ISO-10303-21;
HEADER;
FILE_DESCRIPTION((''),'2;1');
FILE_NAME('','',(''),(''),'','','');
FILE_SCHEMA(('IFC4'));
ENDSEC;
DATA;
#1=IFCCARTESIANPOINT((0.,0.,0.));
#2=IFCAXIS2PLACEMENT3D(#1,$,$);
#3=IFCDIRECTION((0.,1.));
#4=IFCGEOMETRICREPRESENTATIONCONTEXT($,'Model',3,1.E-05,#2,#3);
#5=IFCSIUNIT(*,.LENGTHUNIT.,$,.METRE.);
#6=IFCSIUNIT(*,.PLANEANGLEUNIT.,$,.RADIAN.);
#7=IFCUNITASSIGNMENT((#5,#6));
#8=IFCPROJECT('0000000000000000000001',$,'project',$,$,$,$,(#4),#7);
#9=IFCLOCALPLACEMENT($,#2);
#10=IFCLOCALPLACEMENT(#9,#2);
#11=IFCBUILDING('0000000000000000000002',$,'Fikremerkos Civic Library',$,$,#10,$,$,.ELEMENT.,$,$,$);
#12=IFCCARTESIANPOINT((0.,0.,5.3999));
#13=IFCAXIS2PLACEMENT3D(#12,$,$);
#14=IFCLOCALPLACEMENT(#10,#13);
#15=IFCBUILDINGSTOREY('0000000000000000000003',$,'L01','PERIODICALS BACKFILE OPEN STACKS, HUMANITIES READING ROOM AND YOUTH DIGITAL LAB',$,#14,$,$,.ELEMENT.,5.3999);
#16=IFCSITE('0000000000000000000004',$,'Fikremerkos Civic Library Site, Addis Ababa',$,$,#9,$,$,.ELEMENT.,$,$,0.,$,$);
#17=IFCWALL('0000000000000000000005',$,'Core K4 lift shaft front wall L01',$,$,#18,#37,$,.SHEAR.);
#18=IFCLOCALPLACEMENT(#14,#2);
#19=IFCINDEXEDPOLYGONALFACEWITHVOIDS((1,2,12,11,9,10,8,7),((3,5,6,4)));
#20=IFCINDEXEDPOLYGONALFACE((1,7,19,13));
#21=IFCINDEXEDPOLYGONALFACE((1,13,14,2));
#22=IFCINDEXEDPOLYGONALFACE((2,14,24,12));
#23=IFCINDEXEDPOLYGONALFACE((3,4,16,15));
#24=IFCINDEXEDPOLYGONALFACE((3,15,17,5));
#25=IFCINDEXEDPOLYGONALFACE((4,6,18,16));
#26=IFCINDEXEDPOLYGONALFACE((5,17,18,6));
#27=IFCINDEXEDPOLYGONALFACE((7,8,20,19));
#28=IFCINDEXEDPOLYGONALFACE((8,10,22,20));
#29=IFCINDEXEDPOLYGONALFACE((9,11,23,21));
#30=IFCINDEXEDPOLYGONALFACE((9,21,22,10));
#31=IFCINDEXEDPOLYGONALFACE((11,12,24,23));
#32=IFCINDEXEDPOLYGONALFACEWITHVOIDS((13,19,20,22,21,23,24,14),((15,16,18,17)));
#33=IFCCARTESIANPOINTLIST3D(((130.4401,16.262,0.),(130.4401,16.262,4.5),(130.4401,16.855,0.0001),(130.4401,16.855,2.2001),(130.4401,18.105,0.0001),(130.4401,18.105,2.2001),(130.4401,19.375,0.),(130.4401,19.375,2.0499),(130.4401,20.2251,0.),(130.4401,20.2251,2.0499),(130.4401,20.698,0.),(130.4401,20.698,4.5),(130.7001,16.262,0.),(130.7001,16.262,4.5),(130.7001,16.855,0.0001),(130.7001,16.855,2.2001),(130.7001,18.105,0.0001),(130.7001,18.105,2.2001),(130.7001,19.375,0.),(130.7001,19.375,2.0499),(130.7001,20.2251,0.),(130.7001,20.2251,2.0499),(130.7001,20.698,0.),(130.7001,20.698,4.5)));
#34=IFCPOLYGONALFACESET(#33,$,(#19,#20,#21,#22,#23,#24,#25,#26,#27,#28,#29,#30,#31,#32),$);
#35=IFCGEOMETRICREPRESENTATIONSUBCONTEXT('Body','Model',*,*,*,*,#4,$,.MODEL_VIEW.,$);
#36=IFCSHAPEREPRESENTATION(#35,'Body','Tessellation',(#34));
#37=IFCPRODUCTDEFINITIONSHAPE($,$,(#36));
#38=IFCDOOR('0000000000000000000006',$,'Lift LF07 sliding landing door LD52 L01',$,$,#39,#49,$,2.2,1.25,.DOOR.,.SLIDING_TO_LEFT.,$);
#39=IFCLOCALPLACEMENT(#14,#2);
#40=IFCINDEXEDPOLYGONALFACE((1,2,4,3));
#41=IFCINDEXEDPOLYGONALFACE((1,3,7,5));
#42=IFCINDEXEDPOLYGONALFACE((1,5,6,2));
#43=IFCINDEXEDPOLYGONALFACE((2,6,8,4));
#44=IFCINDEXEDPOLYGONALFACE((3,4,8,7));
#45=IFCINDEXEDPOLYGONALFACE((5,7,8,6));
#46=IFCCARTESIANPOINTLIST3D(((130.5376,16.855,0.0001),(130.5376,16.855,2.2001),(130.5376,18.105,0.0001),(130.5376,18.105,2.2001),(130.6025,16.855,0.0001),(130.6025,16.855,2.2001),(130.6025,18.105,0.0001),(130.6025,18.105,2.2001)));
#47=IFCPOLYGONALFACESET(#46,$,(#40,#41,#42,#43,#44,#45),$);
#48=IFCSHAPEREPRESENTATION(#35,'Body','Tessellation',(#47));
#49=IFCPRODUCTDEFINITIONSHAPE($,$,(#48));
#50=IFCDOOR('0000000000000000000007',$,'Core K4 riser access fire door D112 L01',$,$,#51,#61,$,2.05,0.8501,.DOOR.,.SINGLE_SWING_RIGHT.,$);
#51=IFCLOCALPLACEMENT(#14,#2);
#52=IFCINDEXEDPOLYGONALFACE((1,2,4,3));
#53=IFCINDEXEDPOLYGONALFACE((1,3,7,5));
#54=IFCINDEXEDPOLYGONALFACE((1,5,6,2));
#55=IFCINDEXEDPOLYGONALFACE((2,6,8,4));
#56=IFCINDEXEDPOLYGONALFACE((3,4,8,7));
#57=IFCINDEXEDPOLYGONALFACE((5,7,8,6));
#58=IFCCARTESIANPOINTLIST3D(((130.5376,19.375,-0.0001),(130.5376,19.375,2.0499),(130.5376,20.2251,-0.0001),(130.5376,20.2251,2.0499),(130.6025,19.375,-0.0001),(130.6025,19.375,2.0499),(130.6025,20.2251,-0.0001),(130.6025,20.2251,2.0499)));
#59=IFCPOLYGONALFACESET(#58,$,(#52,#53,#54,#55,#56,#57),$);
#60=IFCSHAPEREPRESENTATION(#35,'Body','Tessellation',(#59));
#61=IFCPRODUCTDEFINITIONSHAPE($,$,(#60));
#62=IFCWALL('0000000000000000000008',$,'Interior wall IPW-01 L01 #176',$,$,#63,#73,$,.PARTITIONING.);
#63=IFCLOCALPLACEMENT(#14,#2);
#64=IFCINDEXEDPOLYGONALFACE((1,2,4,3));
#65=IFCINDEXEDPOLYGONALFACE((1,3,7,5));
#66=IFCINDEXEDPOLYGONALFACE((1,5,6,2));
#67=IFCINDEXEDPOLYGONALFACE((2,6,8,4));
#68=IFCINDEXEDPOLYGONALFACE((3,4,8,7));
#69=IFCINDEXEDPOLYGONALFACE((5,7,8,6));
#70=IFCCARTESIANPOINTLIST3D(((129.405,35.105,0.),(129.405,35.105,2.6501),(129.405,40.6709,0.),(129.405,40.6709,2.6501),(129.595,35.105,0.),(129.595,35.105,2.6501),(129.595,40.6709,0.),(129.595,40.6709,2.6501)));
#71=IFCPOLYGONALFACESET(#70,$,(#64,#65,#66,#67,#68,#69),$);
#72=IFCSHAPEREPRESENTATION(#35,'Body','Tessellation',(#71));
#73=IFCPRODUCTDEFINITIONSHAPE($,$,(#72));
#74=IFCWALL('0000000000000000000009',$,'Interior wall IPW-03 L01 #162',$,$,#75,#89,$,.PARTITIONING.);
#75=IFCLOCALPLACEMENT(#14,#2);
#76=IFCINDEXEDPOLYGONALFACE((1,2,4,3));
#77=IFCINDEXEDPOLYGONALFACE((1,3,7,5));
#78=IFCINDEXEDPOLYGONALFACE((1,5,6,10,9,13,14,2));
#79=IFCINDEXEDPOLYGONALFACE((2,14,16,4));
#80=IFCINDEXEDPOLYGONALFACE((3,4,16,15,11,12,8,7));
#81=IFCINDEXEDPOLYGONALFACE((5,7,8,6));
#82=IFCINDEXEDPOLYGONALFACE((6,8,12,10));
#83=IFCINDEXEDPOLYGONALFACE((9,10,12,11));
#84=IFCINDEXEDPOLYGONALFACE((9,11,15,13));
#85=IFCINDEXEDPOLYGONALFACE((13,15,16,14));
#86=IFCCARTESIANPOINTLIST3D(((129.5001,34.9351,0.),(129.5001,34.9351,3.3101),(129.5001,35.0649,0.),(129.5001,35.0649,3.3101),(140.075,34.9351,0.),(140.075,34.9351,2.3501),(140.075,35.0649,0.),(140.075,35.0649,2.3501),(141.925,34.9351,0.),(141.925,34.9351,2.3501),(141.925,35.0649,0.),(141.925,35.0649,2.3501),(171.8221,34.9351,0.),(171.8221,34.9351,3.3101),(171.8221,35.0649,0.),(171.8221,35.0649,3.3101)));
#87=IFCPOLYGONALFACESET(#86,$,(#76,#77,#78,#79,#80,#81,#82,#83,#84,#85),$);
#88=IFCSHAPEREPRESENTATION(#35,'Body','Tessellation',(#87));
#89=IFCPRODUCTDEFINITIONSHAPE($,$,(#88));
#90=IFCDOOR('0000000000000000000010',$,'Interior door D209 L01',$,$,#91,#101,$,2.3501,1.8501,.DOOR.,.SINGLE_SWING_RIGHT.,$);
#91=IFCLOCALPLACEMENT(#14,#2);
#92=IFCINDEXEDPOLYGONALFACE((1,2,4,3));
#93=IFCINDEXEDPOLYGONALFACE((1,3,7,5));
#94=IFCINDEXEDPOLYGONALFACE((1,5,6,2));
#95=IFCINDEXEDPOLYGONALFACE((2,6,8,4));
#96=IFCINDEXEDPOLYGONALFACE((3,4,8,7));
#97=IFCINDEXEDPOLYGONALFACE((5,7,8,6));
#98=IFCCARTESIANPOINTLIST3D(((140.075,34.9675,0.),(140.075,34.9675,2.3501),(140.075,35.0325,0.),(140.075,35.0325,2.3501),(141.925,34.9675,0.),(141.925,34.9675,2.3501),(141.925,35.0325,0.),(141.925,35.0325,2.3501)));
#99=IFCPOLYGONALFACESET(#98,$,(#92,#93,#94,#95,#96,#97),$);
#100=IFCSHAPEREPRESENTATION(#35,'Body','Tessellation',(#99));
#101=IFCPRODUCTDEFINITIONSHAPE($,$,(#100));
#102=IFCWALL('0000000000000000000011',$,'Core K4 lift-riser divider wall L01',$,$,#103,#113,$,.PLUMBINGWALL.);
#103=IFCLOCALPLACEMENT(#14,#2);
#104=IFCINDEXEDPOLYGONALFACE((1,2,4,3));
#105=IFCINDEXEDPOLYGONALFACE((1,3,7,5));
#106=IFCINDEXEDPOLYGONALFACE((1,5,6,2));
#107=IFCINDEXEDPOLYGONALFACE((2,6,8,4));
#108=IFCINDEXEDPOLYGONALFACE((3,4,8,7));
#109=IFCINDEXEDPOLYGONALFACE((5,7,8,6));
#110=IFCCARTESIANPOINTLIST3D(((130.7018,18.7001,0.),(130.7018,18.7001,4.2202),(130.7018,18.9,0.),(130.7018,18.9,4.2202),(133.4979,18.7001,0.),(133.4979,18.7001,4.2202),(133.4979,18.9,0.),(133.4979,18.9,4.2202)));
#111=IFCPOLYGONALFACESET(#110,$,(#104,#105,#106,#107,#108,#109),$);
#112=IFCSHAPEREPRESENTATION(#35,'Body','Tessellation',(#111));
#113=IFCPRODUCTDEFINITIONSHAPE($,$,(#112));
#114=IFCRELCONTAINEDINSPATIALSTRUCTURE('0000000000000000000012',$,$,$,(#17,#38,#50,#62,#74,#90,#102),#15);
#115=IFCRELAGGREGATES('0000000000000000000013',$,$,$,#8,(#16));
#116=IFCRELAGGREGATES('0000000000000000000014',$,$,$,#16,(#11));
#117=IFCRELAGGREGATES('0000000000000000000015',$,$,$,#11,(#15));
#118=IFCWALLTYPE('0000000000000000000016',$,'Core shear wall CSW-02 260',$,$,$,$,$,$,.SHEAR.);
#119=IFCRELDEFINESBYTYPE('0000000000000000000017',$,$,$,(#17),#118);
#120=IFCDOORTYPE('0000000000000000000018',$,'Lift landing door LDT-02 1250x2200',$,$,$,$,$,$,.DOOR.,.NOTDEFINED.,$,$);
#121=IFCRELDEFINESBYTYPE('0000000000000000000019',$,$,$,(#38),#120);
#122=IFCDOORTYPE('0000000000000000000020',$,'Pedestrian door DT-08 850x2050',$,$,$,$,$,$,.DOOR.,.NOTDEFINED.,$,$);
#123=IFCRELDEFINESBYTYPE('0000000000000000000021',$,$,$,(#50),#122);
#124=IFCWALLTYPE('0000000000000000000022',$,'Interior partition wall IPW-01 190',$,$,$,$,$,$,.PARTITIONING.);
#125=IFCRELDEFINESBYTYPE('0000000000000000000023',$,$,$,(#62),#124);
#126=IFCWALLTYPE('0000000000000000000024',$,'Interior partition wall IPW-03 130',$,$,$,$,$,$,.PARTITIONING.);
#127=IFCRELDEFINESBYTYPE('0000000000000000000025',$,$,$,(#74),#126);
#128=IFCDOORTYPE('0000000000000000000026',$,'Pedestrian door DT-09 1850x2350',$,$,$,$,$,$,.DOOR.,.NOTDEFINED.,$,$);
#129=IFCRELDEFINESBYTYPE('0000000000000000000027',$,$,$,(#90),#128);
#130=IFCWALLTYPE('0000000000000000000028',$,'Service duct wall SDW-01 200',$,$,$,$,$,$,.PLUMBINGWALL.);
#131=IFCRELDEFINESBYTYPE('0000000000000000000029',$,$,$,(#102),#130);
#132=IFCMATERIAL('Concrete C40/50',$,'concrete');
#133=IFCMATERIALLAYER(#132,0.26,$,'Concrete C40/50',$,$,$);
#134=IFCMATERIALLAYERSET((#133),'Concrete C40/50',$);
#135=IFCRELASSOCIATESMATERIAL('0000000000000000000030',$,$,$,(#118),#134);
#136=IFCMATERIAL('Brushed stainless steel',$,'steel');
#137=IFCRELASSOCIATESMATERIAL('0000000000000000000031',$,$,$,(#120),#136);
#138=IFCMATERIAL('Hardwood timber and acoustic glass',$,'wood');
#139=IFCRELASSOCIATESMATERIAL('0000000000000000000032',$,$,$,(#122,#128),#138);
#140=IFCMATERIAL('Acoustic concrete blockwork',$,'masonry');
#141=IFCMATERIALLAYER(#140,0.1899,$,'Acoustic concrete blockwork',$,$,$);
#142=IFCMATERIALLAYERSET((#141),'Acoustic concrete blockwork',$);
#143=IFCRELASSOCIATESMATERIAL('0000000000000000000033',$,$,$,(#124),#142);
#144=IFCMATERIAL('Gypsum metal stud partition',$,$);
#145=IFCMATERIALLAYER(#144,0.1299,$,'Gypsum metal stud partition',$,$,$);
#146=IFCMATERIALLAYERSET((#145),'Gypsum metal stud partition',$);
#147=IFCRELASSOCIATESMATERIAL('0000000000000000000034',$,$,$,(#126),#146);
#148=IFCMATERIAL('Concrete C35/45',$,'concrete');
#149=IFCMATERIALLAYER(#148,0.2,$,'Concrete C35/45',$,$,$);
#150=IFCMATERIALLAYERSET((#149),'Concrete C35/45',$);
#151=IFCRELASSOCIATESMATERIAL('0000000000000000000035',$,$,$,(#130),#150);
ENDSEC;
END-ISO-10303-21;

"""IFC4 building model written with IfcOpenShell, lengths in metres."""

from ifc_helpers import new_model, si_unit, direction, frame, frame_2d, origin, place, context, subcontext, project, spatial, rectangle, extrude, material, layer, layer_set, type_object, element, fill, save


model = new_model("IFC4")

# Units and contexts
model_context = context("Model", 3, precision=1e-05, world=origin(), true_north=direction((0.0, 1.0)))
body_context = subcontext(model_context, "Body", "Model", "MODEL_VIEW")
ifc_project = project(units=[si_unit("LENGTHUNIT", "METRE"), si_unit("PLANEANGLEUNIT", "RADIAN")], contexts=[model_context])

# Site, building, storey
site_placement = place(None, origin())
site = spatial("IfcSite", under=ifc_project, at=site_placement, Name="Fikremerkos Civic Library Site, Addis Ababa", CompositionType="ELEMENT", RefElevation=0.0)
building_placement = place(site_placement, origin())
building = spatial("IfcBuilding", under=site, at=building_placement, Name="Fikremerkos Civic Library", CompositionType="ELEMENT")
storey_placement = place(building_placement, frame((0.0, 0.0, 5.3999)))
storey = spatial("IfcBuildingStorey", under=building, at=storey_placement, Name="L01", Description="PERIODICALS BACKFILE OPEN STACKS, HUMANITIES READING ROOM AND YOUTH DIGITAL LAB", CompositionType="ELEMENT", Elevation=5.3999)

# Shared definitions
ifc_material_1 = material(Name="Concrete C40/50", Category="concrete")

# Shared definitions
ifc_material_2 = material(Name="Hardwood timber and acoustic glass", Category="wood")

# Wall, openings, doors
ifc_layer_1 = layer(ifc_material_1, 0.26, Name="Concrete C40/50")
ifc_layer_set_1 = layer_set([ifc_layer_1], Name="Concrete C40/50")
wall_type_1 = type_object("IfcWallType", Name="Core shear wall CSW-02 260", PredefinedType="SHEAR", material=ifc_layer_set_1)
wall_1_placement = place(storey_placement, frame((130.5701, 16.262, 0.0), z_axis=(0.0, 0.0, 1.0), x_axis=(0.0, 1.0, 0.0)))
wall_1 = element("IfcWall", 1, at=wall_1_placement, inside=storey, type_object=wall_type_1, Name="Core K4 lift shaft front wall L01", PredefinedType="SHEAR", context=body_context, shape_type="SweptSolid", body=[
    extrude(rectangle(XDim=4.436, YDim=0.26, at=frame_2d((2.218, 0.0))), origin(), (0.0, 0.0, 1.0), 4.5),
])
opening_1_placement = place(wall_1_placement, frame((3.113, 0.0, 0.0)))
opening_1 = element("IfcOpeningElement", 2, at=opening_1_placement, cuts=wall_1, PredefinedType="OPENING", context=body_context, shape_type="SweptSolid", body=[
    extrude(rectangle(XDim=0.8501, YDim=2.05, at=frame_2d((0.425, 1.0249))), frame((0.0, 0.1399, 0.0), z_axis=(0.0, -1.0, 0.0), x_axis=(1.0, 0.0, 0.0)), (0.0, 0.0, 1.0), 0.28),
])
opening_2_placement = place(wall_1_placement, frame((0.593, 0.0, 0.0)))
opening_2 = element("IfcOpeningElement", 3, at=opening_2_placement, cuts=wall_1, PredefinedType="OPENING", context=body_context, shape_type="SweptSolid", body=[
    extrude(rectangle(XDim=1.25, YDim=2.2, at=frame_2d((0.625, 1.1001))), frame((0.0, 0.1399, 0.0), z_axis=(0.0, -1.0, 0.0), x_axis=(1.0, 0.0, 0.0)), (0.0, 0.0, 1.0), 0.28),
])
ifc_material_3 = material(Name="Brushed stainless steel", Category="steel")
door_type_1 = type_object("IfcDoorType", Name="Lift landing door LDT-02 1250x2200", OperationType="NOTDEFINED", PredefinedType="DOOR", material=ifc_material_3)
door_1_placement = place(opening_2_placement, origin())
door_1 = element("IfcDoor", 4, at=door_1_placement, inside=storey, type_object=door_type_1, Name="Lift LF07 sliding landing door LD52 L01", OperationType="SLIDING_TO_LEFT", OverallHeight=2.2, OverallWidth=1.25, PredefinedType="DOOR", context=body_context, shape_type="SweptSolid", body=[
    extrude(rectangle(XDim=1.25, YDim=2.2, at=frame_2d((0.625, 1.1001))), frame((0.0, 0.0325, 0.0), z_axis=(0.0, -1.0, 0.0), x_axis=(1.0, 0.0, 0.0)), (0.0, 0.0, 1.0), 0.0649),
])
fill(opening_2, door_1)
door_type_2 = type_object("IfcDoorType", Name="Pedestrian door DT-08 850x2050", OperationType="NOTDEFINED", PredefinedType="DOOR", material=ifc_material_2)
door_2_placement = place(opening_1_placement, origin())
door_2 = element("IfcDoor", 5, at=door_2_placement, inside=storey, type_object=door_type_2, Name="Core K4 riser access fire door D112 L01", OperationType="SINGLE_SWING_RIGHT", OverallHeight=2.05, OverallWidth=0.8501, PredefinedType="DOOR", context=body_context, shape_type="SweptSolid", body=[
    extrude(rectangle(XDim=0.8501, YDim=2.05, at=frame_2d((0.425, 1.0249))), frame((0.0, 0.0325, 0.0), z_axis=(0.0, -1.0, 0.0), x_axis=(1.0, 0.0, 0.0)), (0.0, 0.0, 1.0), 0.0649),
])
fill(opening_1, door_2)

# Wall
ifc_material_4 = material(Name="Acoustic concrete blockwork", Category="masonry")
ifc_layer_2 = layer(ifc_material_4, 0.1899, Name="Acoustic concrete blockwork")
ifc_layer_set_2 = layer_set([ifc_layer_2], Name="Acoustic concrete blockwork")
wall_type_2 = type_object("IfcWallType", Name="Interior partition wall IPW-01 190", PredefinedType="PARTITIONING", material=ifc_layer_set_2)
wall_2_placement = place(storey_placement, frame((129.5, 35.105, 0.0), z_axis=(0.0, 0.0, 1.0), x_axis=(0.0, 1.0, 0.0)))
element("IfcWall", 6, at=wall_2_placement, inside=storey, type_object=wall_type_2, Name="Interior wall IPW-01 L01 #176", PredefinedType="PARTITIONING", context=body_context, shape_type="SweptSolid", body=[
    extrude(rectangle(XDim=5.5659, YDim=0.1899, at=frame_2d((2.783, 0.0))), origin(), (0.0, 0.0, 1.0), 2.6501),
])

# Wall, opening, door
ifc_material_5 = material(Name="Gypsum metal stud partition")
ifc_layer_3 = layer(ifc_material_5, 0.1299, Name="Gypsum metal stud partition")
ifc_layer_set_3 = layer_set([ifc_layer_3], Name="Gypsum metal stud partition")
wall_type_3 = type_object("IfcWallType", Name="Interior partition wall IPW-03 130", PredefinedType="PARTITIONING", material=ifc_layer_set_3)
wall_3_placement = place(storey_placement, frame((129.5, 35.0, 0.0), z_axis=(0.0, 0.0, 1.0), x_axis=(1.0, 0.0, 0.0)))
wall_3 = element("IfcWall", 7, at=wall_3_placement, inside=storey, type_object=wall_type_3, Name="Interior wall IPW-03 L01 #162", PredefinedType="PARTITIONING", context=body_context, shape_type="SweptSolid", body=[
    extrude(rectangle(XDim=42.322, YDim=0.1299, at=frame_2d((21.1611, 0.0))), origin(), (0.0, 0.0, 1.0), 3.3101),
])
opening_3_placement = place(wall_3_placement, frame((10.575, 0.0, 0.0)))
opening_3 = element("IfcOpeningElement", 8, at=opening_3_placement, cuts=wall_3, PredefinedType="OPENING", context=body_context, shape_type="SweptSolid", body=[
    extrude(rectangle(XDim=1.8501, YDim=2.3501, at=frame_2d((0.925, 1.175))), frame((0.0, 0.075, 0.0), z_axis=(0.0, -1.0, 0.0), x_axis=(1.0, 0.0, 0.0)), (0.0, 0.0, 1.0), 0.1499),
])
door_type_3 = type_object("IfcDoorType", Name="Pedestrian door DT-09 1850x2350", OperationType="NOTDEFINED", PredefinedType="DOOR", material=ifc_material_2)
door_3_placement = place(opening_3_placement, origin())
door_3 = element("IfcDoor", 9, at=door_3_placement, inside=storey, type_object=door_type_3, Name="Interior door D209 L01", OperationType="SINGLE_SWING_RIGHT", OverallHeight=2.3501, OverallWidth=1.8501, PredefinedType="DOOR", context=body_context, shape_type="SweptSolid", body=[
    extrude(rectangle(XDim=1.8501, YDim=2.3501, at=frame_2d((0.925, 1.175))), frame((0.0, 0.0325, 0.0), z_axis=(0.0, -1.0, 0.0), x_axis=(1.0, 0.0, 0.0)), (0.0, 0.0, 1.0), 0.0649),
])
fill(opening_3, door_3)

# Wall
ifc_material_6 = material(Name="Concrete C35/45", Category="concrete")
ifc_layer_4 = layer(ifc_material_6, 0.2, Name="Concrete C35/45")
ifc_layer_set_4 = layer_set([ifc_layer_4], Name="Concrete C35/45")
wall_type_4 = type_object("IfcWallType", Name="Service duct wall SDW-01 200", PredefinedType="PLUMBINGWALL", material=ifc_layer_set_4)
wall_4_placement = place(storey_placement, frame((130.7019, 18.8, 0.0), z_axis=(0.0, 0.0, 1.0), x_axis=(1.0, 0.0, 0.0)))
element("IfcWall", 10, at=wall_4_placement, inside=storey, type_object=wall_type_4, Name="Core K4 lift-riser divider wall L01", PredefinedType="PLUMBINGWALL", context=body_context, shape_type="SweptSolid", body=[
    extrude(rectangle(XDim=2.7961, YDim=0.2, at=frame_2d((1.3979, 0.0))), origin(), (0.0, 0.0, 1.0), 4.2202),
])

save(model, "model.ifc")
